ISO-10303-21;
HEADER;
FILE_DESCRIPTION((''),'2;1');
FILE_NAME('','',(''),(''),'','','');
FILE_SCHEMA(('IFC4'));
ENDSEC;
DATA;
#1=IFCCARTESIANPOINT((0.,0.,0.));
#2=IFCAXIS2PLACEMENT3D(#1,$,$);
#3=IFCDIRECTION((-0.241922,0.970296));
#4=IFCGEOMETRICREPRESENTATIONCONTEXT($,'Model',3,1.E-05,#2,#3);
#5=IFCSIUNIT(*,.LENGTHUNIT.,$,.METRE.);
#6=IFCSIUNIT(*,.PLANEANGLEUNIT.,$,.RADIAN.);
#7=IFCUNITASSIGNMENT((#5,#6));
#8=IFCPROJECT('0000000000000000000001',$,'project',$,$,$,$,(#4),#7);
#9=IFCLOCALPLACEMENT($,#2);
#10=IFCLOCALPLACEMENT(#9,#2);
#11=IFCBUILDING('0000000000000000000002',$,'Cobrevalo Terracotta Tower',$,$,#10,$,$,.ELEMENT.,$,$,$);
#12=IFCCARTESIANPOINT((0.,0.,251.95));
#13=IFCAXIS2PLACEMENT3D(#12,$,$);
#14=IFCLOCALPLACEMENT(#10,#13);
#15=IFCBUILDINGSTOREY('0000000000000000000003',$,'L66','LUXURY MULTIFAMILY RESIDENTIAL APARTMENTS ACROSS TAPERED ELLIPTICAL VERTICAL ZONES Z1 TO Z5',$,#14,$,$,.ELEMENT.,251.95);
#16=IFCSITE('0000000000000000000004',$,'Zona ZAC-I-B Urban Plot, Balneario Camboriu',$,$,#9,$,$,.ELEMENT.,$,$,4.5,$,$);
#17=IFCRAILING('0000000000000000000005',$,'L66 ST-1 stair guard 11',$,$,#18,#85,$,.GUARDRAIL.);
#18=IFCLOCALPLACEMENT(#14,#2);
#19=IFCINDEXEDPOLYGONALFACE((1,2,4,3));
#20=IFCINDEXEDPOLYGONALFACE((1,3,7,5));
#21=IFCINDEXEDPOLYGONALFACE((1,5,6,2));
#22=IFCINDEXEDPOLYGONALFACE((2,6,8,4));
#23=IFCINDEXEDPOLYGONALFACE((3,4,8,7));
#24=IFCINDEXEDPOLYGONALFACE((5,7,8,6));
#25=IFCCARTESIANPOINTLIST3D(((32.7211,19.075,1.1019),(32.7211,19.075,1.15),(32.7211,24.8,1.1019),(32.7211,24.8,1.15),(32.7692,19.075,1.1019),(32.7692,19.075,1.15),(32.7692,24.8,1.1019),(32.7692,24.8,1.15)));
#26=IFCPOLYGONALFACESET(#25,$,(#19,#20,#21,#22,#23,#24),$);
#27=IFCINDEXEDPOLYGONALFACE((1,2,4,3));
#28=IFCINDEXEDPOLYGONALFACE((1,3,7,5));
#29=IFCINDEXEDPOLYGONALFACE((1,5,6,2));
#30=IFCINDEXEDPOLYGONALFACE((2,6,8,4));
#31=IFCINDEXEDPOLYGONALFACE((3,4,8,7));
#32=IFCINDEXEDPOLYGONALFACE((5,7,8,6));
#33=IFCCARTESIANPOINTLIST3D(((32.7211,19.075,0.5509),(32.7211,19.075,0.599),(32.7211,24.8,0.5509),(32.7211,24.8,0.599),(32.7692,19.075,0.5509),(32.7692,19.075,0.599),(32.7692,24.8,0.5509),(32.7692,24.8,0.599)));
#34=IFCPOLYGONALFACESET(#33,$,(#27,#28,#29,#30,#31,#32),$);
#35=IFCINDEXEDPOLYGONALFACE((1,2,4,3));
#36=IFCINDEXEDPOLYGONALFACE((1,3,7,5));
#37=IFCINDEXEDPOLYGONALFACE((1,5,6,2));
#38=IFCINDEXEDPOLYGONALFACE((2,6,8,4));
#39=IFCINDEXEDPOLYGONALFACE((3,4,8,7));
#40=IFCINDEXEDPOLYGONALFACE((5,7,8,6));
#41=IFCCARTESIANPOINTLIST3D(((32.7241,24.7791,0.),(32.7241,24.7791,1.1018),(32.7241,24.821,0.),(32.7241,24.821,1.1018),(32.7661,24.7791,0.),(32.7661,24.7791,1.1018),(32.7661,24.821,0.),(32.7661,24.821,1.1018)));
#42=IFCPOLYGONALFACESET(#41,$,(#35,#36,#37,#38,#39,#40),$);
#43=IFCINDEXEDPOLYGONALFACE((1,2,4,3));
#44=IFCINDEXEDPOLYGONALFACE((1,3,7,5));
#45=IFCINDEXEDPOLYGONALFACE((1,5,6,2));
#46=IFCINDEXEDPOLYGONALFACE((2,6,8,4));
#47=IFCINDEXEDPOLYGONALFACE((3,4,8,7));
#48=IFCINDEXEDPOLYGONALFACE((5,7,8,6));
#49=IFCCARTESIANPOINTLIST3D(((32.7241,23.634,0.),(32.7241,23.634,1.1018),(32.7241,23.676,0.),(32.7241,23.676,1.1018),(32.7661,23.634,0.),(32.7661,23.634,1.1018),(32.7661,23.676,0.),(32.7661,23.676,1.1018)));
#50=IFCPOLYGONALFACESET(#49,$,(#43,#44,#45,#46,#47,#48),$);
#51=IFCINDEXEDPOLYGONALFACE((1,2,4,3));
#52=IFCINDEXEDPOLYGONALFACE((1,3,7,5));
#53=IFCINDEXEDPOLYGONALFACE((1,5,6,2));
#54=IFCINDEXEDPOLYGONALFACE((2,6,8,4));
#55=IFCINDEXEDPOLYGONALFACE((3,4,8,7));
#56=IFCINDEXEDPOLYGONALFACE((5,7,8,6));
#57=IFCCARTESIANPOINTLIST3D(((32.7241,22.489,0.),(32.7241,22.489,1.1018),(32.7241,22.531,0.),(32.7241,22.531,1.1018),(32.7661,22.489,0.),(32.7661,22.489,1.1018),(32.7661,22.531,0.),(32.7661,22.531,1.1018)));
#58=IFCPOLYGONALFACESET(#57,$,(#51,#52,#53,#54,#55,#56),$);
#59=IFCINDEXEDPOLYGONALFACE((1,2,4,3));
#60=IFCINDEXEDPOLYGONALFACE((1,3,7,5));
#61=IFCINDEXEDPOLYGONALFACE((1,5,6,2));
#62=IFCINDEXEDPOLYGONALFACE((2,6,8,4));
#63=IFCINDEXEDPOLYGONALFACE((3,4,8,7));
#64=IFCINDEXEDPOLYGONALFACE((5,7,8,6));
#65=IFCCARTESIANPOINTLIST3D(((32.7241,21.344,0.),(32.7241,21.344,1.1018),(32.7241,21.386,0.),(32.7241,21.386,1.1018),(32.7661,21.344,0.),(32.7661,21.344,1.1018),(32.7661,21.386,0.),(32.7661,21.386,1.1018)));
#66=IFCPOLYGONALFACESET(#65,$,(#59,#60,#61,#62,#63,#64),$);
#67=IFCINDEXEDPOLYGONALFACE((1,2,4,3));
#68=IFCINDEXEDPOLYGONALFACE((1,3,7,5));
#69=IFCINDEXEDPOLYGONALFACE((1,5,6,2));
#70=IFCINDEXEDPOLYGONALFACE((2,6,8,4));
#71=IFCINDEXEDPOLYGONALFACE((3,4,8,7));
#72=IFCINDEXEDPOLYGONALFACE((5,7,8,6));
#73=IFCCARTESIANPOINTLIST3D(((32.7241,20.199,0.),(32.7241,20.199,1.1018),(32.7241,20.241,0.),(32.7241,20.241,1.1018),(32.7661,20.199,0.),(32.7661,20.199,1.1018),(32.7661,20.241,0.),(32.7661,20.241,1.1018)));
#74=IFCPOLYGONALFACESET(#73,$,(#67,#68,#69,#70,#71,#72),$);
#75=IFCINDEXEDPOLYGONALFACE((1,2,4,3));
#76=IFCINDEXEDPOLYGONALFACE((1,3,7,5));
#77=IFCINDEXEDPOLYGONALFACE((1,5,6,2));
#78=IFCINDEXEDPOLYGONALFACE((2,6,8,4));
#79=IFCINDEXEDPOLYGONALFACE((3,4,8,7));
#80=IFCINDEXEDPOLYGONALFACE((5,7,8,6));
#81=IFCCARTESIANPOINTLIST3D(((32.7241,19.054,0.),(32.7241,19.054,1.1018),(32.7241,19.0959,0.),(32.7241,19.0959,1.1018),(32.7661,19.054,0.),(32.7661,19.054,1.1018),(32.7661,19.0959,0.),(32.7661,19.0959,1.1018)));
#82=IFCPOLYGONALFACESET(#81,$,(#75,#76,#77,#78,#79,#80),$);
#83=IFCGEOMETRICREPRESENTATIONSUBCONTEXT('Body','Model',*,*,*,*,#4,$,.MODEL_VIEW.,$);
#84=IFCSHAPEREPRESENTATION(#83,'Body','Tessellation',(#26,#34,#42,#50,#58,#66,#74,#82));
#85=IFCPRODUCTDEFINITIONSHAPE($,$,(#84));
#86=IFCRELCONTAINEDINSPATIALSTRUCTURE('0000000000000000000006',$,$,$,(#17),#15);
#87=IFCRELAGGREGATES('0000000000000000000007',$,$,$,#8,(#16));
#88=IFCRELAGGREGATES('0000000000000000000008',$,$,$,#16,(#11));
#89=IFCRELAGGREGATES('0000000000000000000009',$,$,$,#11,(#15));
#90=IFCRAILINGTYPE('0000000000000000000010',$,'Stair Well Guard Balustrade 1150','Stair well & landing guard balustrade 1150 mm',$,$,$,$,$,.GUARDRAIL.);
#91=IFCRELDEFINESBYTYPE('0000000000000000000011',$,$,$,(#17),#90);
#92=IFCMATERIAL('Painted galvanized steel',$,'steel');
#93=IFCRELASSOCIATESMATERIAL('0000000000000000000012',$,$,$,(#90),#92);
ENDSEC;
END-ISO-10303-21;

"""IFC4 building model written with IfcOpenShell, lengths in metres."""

from ifc_helpers import new_model, si_unit, direction, frame, origin, origin_2d, place, context, subcontext, project, spatial, rectangle, extrude, material, type_object, element, save


model = new_model("IFC4")

# Units and contexts
model_context = context("Model", 3, precision=1e-05, world=origin(), true_north=direction((-0.241922, 0.970296)))
body_context = subcontext(model_context, "Body", "Model", "MODEL_VIEW")
ifc_project = project(units=[si_unit("LENGTHUNIT", "METRE"), si_unit("PLANEANGLEUNIT", "RADIAN")], contexts=[model_context])

# Site, building, storey
site_placement = place(None, origin())
site = spatial("IfcSite", under=ifc_project, at=site_placement, Name="Zona ZAC-I-B Urban Plot, Balneario Camboriu", CompositionType="ELEMENT", RefElevation=4.5)
building_placement = place(site_placement, origin())
building = spatial("IfcBuilding", under=site, at=building_placement, Name="Cobrevalo Terracotta Tower", CompositionType="ELEMENT")
storey_placement = place(building_placement, frame((0.0, 0.0, 251.95)))
storey = spatial("IfcBuildingStorey", under=building, at=storey_placement, Name="L66", Description="LUXURY MULTIFAMILY RESIDENTIAL APARTMENTS ACROSS TAPERED ELLIPTICAL VERTICAL ZONES Z1 TO Z5", CompositionType="ELEMENT", Elevation=251.95)

# Railing
ifc_material_1 = material(Name="Painted galvanized steel", Category="steel")
railing_type_1 = type_object("IfcRailingType", Name="Stair Well Guard Balustrade 1150", Description="Stair well & landing guard balustrade 1150 mm", PredefinedType="GUARDRAIL", material=ifc_material_1)
for number, where, name in (
    (1, (32.7451, 24.8, 0.0), "L66 ST-1 stair guard 11"),
):
    element("IfcRailing", number, at=place(storey_placement, frame(where)), inside=storey, type_object=railing_type_1, Name=name, PredefinedType="GUARDRAIL", context=body_context, shape_type="SweptSolid", body=[
        extrude(rectangle(XDim=0.0481, YDim=0.0481, at=origin_2d()), frame((0.0, 0.0, 1.126), z_axis=(0.0, -1.0, 0.0), x_axis=(1.0, 0.0, 0.0)), (0.0, 0.0, 1.0), 5.7251),
        extrude(rectangle(XDim=0.0481, YDim=0.0481, at=origin_2d()), frame((0.0, 0.0, 0.575), z_axis=(0.0, -1.0, 0.0), x_axis=(1.0, 0.0, 0.0)), (0.0, 0.0, 1.0), 5.7251),
        extrude(rectangle(XDim=0.042, YDim=0.042, at=origin_2d()), origin(), (0.0, 0.0, 1.0), 1.1018),
        extrude(rectangle(XDim=0.042, YDim=0.042, at=origin_2d()), frame((0.0, -1.145, 0.0)), (0.0, 0.0, 1.0), 1.1018),
        extrude(rectangle(XDim=0.042, YDim=0.042, at=origin_2d()), frame((0.0, -2.29, 0.0)), (0.0, 0.0, 1.0), 1.1018),
        extrude(rectangle(XDim=0.042, YDim=0.042, at=origin_2d()), frame((0.0, -3.4351, 0.0)), (0.0, 0.0, 1.0), 1.1018),
        extrude(rectangle(XDim=0.042, YDim=0.042, at=origin_2d()), frame((0.0, -4.5801, 0.0)), (0.0, 0.0, 1.0), 1.1018),
        extrude(rectangle(XDim=0.042, YDim=0.042, at=origin_2d()), frame((0.0, -5.7251, 0.0)), (0.0, 0.0, 1.0), 1.1018),
    ])

save(model, "model.ifc")
